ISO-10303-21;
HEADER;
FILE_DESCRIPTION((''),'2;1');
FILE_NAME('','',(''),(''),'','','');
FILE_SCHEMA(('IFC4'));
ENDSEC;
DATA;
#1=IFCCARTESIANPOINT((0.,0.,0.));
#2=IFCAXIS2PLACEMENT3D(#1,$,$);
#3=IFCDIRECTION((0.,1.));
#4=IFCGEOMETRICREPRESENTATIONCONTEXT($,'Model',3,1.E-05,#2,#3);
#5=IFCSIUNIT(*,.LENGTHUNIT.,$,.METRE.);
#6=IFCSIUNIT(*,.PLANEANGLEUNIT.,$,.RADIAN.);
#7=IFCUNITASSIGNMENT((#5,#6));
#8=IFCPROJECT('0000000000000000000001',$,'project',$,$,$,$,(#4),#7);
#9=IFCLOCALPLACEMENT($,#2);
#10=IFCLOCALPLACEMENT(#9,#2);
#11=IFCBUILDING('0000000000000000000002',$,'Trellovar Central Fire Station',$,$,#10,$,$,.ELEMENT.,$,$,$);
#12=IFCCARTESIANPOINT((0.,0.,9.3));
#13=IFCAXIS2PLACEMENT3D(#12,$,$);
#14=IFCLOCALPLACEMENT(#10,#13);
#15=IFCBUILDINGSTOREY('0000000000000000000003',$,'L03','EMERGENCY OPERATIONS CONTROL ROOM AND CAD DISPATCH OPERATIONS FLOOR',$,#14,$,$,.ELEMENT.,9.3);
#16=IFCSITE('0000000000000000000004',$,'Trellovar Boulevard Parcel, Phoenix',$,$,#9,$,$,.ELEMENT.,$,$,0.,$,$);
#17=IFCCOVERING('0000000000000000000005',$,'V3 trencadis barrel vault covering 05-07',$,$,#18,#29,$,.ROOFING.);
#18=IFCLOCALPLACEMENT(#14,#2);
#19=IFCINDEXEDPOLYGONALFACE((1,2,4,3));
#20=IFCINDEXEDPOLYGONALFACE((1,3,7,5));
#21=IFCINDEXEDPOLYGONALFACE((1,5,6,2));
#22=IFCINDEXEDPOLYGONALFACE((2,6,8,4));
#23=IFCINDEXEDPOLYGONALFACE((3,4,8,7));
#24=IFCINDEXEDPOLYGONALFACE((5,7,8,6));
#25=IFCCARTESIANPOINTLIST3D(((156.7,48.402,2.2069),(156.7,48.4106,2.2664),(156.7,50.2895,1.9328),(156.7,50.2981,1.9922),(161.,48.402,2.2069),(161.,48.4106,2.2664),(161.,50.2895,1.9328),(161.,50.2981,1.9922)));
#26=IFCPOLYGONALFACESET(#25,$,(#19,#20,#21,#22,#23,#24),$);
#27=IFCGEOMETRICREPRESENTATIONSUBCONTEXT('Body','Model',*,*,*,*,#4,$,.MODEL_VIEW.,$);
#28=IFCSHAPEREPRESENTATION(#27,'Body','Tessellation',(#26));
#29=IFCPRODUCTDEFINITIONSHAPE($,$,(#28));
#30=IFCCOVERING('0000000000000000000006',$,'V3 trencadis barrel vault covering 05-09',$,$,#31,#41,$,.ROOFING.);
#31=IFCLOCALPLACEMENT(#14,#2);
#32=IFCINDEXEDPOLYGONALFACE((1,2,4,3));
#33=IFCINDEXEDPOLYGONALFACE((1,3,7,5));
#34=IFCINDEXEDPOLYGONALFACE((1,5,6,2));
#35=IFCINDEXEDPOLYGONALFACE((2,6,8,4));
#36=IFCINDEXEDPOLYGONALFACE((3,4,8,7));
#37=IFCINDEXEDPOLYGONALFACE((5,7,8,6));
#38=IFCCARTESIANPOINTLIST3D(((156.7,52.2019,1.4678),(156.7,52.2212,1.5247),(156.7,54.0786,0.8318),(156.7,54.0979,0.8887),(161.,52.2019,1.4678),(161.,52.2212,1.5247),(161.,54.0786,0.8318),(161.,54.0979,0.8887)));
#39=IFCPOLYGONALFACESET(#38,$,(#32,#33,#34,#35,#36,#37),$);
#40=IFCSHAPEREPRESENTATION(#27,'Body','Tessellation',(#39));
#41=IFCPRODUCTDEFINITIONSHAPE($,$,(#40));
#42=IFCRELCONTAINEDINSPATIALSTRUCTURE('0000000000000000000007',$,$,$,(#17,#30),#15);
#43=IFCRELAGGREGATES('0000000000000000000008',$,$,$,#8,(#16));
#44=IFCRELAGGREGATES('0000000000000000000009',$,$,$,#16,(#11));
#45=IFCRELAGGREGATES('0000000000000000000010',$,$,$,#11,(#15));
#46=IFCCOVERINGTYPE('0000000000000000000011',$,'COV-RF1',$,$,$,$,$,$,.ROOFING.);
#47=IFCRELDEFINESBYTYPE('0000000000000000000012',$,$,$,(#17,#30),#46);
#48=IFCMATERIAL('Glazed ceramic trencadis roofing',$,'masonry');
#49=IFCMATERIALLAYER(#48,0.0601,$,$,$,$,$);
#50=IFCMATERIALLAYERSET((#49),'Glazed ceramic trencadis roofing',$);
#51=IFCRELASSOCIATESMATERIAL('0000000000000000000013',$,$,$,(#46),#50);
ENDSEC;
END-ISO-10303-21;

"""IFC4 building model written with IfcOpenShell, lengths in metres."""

from ifc_helpers import new_model, si_unit, direction, frame, origin, place, context, subcontext, project, spatial, polyline, outline, extrude, material, layer, layer_set, type_object, element, save


model = new_model("IFC4")

# Units and contexts
model_context = context("Model", 3, precision=1e-05, world=origin(), true_north=direction((0.0, 1.0)))
body_context = subcontext(model_context, "Body", "Model", "MODEL_VIEW")
ifc_project = project(units=[si_unit("LENGTHUNIT", "METRE"), si_unit("PLANEANGLEUNIT", "RADIAN")], contexts=[model_context])

# Site, building, storey
site_placement = place(None, origin())
site = spatial("IfcSite", under=ifc_project, at=site_placement, Name="Trellovar Boulevard Parcel, Phoenix", CompositionType="ELEMENT", RefElevation=0.0)
building_placement = place(site_placement, origin())
building = spatial("IfcBuilding", under=site, at=building_placement, Name="Trellovar Central Fire Station", CompositionType="ELEMENT")
storey_placement = place(building_placement, frame((0.0, 0.0, 9.3)))
storey = spatial("IfcBuildingStorey", under=building, at=storey_placement, Name="L03", Description="EMERGENCY OPERATIONS CONTROL ROOM AND CAD DISPATCH OPERATIONS FLOOR", CompositionType="ELEMENT", Elevation=9.3)

# Coverings
ifc_material_1 = material(Name="Glazed ceramic trencadis roofing", Category="masonry")
ifc_layer_1 = layer(ifc_material_1, 0.0601)
ifc_layer_set_1 = layer_set([ifc_layer_1], Name="Glazed ceramic trencadis roofing")
covering_type = type_object("IfcCoveringType", Name="COV-RF1", PredefinedType="ROOFING", material=ifc_layer_set_1)
covering_1_placement = place(storey_placement, frame((156.7, 48.4106, 2.2664), z_axis=(0.0, 0.143751, 0.989614), x_axis=(1.0, 0.0, 0.0)))
element("IfcCovering", 1, at=covering_1_placement, inside=storey, type_object=covering_type, Name="V3 trencadis barrel vault covering 05-07", PredefinedType="ROOFING", context=body_context, shape_type="SweptSolid", body=[
    extrude(outline(polyline([(0.0, 0.0), (4.3, 0.0), (4.3, 1.9073), (0.0, 1.9073), (0.0, 0.0)])), origin(), (0.0, 0.0, -1.0), 0.0601),
])
covering_2_placement = place(storey_placement, frame((156.7, 52.2212, 1.5247), z_axis=(0.0, 0.320955, 0.947094), x_axis=(1.0, 0.0, 0.0)))
element("IfcCovering", 2, at=covering_2_placement, inside=storey, type_object=covering_type, Name="V3 trencadis barrel vault covering 05-09", PredefinedType="ROOFING", context=body_context, shape_type="SweptSolid", body=[
    extrude(outline(polyline([(0.0, 0.0), (4.3, 0.0), (4.3, 1.9815), (0.0, 1.9815), (0.0, 0.0)])), origin(), (0.0, 0.0, -1.0), 0.0601),
])

save(model, "model.ifc")
